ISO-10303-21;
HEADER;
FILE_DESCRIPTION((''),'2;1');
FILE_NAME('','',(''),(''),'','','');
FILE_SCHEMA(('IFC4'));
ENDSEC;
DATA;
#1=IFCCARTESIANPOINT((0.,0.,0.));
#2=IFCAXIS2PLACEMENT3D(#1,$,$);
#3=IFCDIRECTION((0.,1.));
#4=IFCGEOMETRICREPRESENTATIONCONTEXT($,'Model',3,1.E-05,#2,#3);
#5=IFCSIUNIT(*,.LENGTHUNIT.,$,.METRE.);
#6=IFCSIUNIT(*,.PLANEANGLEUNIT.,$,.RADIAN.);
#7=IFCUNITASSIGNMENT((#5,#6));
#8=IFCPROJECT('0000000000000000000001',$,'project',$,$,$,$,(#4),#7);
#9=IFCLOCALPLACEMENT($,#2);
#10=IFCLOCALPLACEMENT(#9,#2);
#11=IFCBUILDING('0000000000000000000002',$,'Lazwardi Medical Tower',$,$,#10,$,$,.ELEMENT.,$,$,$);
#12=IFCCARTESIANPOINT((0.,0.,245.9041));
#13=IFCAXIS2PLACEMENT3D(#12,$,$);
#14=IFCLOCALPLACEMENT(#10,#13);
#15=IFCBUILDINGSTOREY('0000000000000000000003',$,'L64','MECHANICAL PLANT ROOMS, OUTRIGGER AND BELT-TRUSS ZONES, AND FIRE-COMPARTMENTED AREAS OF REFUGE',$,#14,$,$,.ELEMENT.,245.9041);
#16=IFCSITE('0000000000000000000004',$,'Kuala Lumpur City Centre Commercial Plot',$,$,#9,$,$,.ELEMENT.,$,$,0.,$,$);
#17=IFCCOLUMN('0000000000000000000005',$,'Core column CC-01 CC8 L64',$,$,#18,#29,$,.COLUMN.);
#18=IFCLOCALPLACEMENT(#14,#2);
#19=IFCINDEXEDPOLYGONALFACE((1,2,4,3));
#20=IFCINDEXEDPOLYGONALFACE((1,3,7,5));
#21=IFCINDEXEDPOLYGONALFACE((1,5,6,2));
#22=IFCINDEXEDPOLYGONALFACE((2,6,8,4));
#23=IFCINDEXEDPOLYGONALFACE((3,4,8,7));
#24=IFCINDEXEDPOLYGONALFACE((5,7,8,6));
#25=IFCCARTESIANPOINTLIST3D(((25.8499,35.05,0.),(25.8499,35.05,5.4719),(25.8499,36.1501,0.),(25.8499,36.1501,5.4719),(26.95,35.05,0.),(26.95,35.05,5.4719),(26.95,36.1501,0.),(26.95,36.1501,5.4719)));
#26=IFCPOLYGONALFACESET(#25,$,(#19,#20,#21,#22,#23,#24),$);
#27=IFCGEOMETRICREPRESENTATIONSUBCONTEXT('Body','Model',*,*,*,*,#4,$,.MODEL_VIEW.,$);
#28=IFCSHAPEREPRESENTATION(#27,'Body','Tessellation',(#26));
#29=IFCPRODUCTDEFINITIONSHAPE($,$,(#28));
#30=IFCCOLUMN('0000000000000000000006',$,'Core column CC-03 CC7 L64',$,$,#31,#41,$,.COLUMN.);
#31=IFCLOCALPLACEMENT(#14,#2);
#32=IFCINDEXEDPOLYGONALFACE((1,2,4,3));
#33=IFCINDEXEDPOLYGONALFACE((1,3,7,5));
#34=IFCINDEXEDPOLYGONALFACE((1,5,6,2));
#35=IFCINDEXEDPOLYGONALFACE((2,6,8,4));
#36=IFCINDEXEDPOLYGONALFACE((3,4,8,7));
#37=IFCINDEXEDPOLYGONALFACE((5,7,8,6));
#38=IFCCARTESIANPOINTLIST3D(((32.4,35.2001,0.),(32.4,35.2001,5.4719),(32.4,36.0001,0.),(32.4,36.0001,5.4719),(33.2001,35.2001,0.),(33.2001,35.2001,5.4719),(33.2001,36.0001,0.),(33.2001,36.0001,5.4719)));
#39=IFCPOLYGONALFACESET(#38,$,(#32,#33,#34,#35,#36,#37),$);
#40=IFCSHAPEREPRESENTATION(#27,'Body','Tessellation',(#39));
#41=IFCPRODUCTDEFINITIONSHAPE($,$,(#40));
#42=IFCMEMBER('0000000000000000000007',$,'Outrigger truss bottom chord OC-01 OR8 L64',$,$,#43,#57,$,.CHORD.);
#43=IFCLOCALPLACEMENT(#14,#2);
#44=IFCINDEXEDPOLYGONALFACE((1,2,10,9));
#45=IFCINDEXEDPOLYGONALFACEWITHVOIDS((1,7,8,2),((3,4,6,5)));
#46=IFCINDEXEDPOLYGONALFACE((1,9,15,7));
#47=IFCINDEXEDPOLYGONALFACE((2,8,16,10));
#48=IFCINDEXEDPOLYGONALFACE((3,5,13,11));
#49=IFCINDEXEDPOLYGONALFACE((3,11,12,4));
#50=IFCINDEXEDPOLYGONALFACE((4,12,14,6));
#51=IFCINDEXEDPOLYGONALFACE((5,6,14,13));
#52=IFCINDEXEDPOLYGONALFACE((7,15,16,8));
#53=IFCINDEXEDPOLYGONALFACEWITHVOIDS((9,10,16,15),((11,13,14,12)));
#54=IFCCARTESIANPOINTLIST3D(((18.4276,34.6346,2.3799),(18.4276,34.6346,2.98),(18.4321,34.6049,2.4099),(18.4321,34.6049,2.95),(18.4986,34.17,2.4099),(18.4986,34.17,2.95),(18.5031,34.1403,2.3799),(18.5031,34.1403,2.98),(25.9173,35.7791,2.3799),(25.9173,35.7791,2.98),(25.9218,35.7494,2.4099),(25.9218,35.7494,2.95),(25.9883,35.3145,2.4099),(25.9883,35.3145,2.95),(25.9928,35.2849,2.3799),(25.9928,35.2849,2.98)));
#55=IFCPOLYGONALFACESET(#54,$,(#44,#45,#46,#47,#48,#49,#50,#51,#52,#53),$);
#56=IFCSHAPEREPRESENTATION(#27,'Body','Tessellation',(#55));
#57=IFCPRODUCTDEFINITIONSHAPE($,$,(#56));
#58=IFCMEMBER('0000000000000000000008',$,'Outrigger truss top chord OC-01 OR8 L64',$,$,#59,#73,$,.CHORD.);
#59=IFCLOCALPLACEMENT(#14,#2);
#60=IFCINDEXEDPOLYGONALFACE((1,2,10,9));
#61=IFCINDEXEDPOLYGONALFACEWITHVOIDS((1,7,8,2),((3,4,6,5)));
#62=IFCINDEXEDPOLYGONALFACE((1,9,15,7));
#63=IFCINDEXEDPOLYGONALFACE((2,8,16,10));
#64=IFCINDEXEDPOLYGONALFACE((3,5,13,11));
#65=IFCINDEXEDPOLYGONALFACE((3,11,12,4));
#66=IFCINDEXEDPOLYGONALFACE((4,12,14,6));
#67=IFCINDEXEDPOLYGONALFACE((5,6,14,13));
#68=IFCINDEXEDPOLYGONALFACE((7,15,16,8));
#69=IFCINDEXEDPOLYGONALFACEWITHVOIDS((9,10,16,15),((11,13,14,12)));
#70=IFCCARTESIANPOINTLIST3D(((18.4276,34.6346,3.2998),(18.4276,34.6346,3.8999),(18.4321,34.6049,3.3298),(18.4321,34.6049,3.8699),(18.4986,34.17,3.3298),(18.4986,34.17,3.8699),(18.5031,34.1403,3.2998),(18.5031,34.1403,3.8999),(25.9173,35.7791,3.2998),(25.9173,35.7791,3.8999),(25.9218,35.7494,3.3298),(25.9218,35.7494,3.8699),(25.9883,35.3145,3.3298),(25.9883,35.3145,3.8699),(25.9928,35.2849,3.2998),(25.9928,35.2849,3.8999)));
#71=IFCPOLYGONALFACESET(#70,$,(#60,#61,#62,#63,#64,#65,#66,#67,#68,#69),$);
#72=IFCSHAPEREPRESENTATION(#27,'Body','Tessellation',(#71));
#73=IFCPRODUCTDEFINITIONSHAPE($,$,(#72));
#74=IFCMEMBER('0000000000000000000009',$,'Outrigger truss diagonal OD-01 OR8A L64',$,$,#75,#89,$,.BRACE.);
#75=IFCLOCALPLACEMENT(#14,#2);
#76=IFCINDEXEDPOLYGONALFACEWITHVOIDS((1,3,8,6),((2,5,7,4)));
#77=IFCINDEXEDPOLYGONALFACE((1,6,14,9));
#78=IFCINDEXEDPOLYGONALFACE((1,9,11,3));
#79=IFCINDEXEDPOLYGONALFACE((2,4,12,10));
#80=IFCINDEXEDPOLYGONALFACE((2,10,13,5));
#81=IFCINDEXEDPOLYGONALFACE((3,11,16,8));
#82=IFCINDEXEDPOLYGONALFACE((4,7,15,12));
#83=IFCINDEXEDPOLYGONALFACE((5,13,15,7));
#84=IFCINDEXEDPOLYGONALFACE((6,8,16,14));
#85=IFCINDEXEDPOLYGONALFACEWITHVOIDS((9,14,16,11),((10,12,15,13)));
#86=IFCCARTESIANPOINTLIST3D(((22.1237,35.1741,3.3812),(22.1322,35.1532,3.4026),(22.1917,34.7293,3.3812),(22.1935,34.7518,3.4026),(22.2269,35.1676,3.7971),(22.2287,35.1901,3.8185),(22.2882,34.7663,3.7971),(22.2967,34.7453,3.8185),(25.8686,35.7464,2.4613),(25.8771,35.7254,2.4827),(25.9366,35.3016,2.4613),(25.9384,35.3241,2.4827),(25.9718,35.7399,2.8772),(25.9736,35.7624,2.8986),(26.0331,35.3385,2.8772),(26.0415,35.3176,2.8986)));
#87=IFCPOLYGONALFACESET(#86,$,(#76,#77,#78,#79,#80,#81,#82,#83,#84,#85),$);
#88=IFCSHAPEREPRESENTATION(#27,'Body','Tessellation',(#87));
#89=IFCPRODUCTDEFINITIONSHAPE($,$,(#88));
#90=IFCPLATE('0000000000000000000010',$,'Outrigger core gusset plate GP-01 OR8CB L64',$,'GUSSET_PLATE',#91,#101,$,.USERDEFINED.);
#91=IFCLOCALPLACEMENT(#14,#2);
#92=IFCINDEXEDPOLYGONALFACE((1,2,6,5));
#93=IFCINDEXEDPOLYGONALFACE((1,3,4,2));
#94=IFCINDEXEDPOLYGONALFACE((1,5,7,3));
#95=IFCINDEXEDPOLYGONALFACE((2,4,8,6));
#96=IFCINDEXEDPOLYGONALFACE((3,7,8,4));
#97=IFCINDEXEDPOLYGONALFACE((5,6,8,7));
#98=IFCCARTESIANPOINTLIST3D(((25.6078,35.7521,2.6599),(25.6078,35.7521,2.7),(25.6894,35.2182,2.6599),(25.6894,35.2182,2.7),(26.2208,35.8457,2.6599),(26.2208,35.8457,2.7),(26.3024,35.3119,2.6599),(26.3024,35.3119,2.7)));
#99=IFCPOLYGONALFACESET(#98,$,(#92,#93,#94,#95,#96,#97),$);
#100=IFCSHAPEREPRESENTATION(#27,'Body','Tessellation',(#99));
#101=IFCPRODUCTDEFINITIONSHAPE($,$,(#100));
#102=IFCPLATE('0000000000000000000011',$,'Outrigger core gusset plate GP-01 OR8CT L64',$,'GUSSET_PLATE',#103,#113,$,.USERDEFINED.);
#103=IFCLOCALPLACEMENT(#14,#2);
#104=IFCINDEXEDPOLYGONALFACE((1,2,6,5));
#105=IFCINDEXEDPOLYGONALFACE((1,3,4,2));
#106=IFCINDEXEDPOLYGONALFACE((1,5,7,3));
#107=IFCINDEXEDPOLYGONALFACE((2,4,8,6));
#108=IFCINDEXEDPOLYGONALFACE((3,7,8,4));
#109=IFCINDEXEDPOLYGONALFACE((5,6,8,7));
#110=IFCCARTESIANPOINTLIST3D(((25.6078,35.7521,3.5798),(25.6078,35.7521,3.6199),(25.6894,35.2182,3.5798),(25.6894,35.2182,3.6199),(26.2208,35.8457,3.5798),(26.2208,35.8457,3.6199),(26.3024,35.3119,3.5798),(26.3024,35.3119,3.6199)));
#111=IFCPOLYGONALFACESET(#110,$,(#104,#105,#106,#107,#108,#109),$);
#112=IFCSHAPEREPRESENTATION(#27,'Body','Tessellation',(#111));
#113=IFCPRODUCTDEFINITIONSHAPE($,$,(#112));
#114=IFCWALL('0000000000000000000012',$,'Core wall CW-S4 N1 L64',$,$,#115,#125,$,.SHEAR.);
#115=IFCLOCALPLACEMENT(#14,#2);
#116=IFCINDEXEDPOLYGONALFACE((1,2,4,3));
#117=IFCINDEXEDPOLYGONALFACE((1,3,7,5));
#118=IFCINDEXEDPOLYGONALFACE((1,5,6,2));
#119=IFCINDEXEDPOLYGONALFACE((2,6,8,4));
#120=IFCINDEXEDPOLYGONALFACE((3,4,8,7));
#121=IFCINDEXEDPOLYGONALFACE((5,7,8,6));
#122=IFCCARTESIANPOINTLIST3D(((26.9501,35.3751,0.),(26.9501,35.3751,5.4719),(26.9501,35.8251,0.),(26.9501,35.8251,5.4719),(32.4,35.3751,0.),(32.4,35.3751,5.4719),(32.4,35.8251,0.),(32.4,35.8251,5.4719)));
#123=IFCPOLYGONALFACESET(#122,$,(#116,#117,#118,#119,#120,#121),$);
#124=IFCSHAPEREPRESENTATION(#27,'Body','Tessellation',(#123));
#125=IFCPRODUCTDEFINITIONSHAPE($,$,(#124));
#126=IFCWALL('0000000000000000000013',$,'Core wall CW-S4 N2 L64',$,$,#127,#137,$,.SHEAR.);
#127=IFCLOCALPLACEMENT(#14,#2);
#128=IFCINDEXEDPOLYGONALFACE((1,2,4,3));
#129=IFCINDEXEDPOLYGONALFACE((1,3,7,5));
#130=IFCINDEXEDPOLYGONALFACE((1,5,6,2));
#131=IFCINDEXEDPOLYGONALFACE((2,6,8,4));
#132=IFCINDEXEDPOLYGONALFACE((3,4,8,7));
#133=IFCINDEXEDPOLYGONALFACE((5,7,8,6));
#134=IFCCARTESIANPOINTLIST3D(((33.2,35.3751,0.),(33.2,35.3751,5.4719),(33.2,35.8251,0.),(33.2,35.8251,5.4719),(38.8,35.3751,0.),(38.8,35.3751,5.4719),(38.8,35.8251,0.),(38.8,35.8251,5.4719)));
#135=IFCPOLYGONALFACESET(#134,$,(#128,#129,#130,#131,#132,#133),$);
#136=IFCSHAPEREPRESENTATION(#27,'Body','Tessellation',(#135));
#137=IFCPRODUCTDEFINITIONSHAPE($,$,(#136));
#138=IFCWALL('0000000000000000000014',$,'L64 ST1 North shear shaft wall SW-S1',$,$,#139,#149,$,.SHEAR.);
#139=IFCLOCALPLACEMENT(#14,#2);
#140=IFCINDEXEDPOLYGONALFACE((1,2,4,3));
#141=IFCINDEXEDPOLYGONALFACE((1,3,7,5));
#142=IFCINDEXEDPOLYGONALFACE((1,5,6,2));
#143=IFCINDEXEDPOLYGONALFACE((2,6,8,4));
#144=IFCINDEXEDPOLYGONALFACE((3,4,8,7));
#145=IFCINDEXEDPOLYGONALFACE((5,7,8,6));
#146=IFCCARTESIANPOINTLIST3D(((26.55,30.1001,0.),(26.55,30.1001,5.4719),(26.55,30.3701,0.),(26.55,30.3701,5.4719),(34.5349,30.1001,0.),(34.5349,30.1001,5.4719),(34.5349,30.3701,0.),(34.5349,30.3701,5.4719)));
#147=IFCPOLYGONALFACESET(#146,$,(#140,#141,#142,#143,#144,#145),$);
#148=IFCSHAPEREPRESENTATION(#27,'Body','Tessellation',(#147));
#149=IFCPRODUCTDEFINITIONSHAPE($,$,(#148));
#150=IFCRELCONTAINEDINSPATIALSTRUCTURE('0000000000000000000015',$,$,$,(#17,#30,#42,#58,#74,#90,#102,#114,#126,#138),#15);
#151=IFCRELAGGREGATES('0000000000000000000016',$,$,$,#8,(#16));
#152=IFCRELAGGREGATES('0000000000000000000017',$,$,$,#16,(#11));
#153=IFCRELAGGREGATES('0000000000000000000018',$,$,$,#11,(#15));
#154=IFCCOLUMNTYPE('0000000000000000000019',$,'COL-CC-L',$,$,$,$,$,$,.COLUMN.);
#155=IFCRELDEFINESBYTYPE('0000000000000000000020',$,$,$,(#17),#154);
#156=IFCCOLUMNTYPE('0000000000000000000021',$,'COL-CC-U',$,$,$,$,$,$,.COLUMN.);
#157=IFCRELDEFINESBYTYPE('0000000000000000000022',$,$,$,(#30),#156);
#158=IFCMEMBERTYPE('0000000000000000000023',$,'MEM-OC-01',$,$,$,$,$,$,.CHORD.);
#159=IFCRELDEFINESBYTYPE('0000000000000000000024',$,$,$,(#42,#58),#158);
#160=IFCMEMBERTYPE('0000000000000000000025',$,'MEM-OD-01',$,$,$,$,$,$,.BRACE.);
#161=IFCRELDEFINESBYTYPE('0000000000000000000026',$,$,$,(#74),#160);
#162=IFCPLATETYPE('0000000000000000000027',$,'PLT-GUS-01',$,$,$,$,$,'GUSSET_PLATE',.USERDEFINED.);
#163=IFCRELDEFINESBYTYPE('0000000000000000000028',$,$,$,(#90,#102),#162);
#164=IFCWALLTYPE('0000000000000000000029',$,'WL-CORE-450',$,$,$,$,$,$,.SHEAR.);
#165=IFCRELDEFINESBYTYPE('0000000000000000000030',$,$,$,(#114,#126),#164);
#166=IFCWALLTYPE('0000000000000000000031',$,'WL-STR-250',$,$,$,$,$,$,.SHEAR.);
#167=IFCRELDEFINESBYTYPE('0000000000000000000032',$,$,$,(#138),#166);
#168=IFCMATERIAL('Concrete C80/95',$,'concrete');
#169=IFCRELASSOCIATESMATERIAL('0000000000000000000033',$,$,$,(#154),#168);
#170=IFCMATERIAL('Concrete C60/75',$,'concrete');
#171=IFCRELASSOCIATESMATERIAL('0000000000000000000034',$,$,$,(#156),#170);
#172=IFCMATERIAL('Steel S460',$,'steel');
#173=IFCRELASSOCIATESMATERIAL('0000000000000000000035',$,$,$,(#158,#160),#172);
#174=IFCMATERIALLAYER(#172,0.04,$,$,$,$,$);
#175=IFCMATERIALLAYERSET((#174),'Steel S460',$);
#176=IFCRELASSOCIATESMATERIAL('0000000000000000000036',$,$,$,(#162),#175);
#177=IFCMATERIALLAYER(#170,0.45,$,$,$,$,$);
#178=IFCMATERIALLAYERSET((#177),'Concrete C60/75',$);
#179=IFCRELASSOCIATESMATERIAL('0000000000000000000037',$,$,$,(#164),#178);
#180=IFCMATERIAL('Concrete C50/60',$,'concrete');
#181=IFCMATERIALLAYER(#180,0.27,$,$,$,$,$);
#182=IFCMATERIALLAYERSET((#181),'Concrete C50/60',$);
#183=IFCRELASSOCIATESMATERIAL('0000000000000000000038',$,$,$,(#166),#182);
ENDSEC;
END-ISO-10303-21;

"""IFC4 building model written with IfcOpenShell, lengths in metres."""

from ifc_helpers import new_model, si_unit, direction, frame, frame_2d, origin, origin_2d, place, context, subcontext, project, spatial, rectangle, hollow_rectangle, extrude, material, layer, layer_set, material_profile, profile_set, type_object, element, save


model = new_model("IFC4")

# Units and contexts
model_context = context("Model", 3, precision=1e-05, world=origin(), true_north=direction((0.0, 1.0)))
body_context = subcontext(model_context, "Body", "Model", "MODEL_VIEW")
ifc_project = project(units=[si_unit("LENGTHUNIT", "METRE"), si_unit("PLANEANGLEUNIT", "RADIAN")], contexts=[model_context])

# Site, building, storey
site_placement = place(None, origin())
site = spatial("IfcSite", under=ifc_project, at=site_placement, Name="Kuala Lumpur City Centre Commercial Plot", CompositionType="ELEMENT", RefElevation=0.0)
building_placement = place(site_placement, origin())
building = spatial("IfcBuilding", under=site, at=building_placement, Name="Lazwardi Medical Tower", CompositionType="ELEMENT")
storey_placement = place(building_placement, frame((0.0, 0.0, 245.9041)))
storey = spatial("IfcBuildingStorey", under=building, at=storey_placement, Name="L64", Description="MECHANICAL PLANT ROOMS, OUTRIGGER AND BELT-TRUSS ZONES, AND FIRE-COMPARTMENTED AREAS OF REFUGE", CompositionType="ELEMENT", Elevation=245.9041)

# Columns
ifc_material_1 = material(Name="Concrete C80/95", Category="concrete")
ifc_material_profile_1 = material_profile(ifc_material_1, rectangle(XDim=1.1001, YDim=1.1001, at=origin_2d()), Name="RC 1100x1100")
ifc_profile_set_1 = profile_set([ifc_material_profile_1], Name="Concrete C80/95")
column_type_1 = type_object("IfcColumnType", Name="COL-CC-L", PredefinedType="COLUMN", material=ifc_profile_set_1)
column_1_placement = place(storey_placement, frame((26.3999, 35.6001, 0.0), z_axis=(0.0, 0.0, 1.0), x_axis=(1.0, 0.0, 0.0)))
element("IfcColumn", 1, at=column_1_placement, inside=storey, type_object=column_type_1, Name="Core column CC-01 CC8 L64", PredefinedType="COLUMN", context=body_context, shape_type="SweptSolid", body=[
    extrude(rectangle(XDim=1.1001, YDim=1.1001, at=origin_2d()), origin(), (0.0, 0.0, 1.0), 5.4719),
])
ifc_material_2 = material(Name="Concrete C60/75", Category="concrete")
ifc_material_profile_2 = material_profile(ifc_material_2, rectangle(XDim=0.8, YDim=0.8, at=origin_2d()), Name="RC 800x800")
ifc_profile_set_2 = profile_set([ifc_material_profile_2], Name="Concrete C60/75")
column_type_2 = type_object("IfcColumnType", Name="COL-CC-U", PredefinedType="COLUMN", material=ifc_profile_set_2)
column_2_placement = place(storey_placement, frame((32.8, 35.6001, 0.0), z_axis=(0.0, 0.0, 1.0), x_axis=(1.0, 0.0, 0.0)))
element("IfcColumn", 2, at=column_2_placement, inside=storey, type_object=column_type_2, Name="Core column CC-03 CC7 L64", PredefinedType="COLUMN", context=body_context, shape_type="SweptSolid", body=[
    extrude(rectangle(XDim=0.8, YDim=0.8, at=origin_2d()), origin(), (0.0, 0.0, 1.0), 5.4719),
])

# Members
ifc_material_3 = material(Name="Steel S460", Category="steel")
ifc_material_profile_3 = material_profile(ifc_material_3, hollow_rectangle(XDim=0.5, YDim=0.6001, WallThickness=0.03, at=origin_2d()), Name="RHS 600x500x30")
ifc_profile_set_3 = profile_set([ifc_material_profile_3], Name="Steel S460")
member_type_1 = type_object("IfcMemberType", Name="MEM-OC-01", PredefinedType="CHORD", material=ifc_profile_set_3)
for number, where, z_axis, x_axis, name in (
    (3, (25.9551, 35.532, 2.6799), (-0.988525, -0.15106, 0.0), (0.15106, -0.988525, 0.0), "Outrigger truss bottom chord OC-01 OR8 L64"),
    (4, (25.9551, 35.532, 3.5999), (-0.988525, -0.15106, 0.0), (0.15106, -0.988525, 0.0), "Outrigger truss top chord OC-01 OR8 L64"),
):
    element("IfcMember", number, at=place(storey_placement, frame(where, z_axis=z_axis, x_axis=x_axis)), inside=storey, type_object=member_type_1, Name=name, PredefinedType="CHORD", context=body_context, shape_type="SweptSolid", body=[
        extrude(hollow_rectangle(XDim=0.5, YDim=0.6001, WallThickness=0.03, at=origin_2d()), origin(), (0.0, 0.0, 1.0), 7.5767),
    ])
ifc_material_profile_4 = material_profile(ifc_material_3, hollow_rectangle(XDim=0.45, YDim=0.45, WallThickness=0.022, at=origin_2d()), Name="RHS 450x450x22")
ifc_profile_set_4 = profile_set([ifc_material_profile_4], Name="Steel S460")
member_type_2 = type_object("IfcMemberType", Name="MEM-OD-01", PredefinedType="BRACE", material=ifc_profile_set_4)
member_placement = place(storey_placement, frame((25.9551, 35.532, 2.6799), z_axis=(-0.960609, -0.146794, 0.235972), x_axis=(0.15106, -0.988525, 0.0)))
element("IfcMember", 5, at=member_placement, inside=storey, type_object=member_type_2, Name="Outrigger truss diagonal OD-01 OR8A L64", PredefinedType="BRACE", context=body_context, shape_type="SweptSolid", body=[
    extrude(hollow_rectangle(XDim=0.45, YDim=0.45, WallThickness=0.022, at=origin_2d()), origin(), (0.0, 0.0, 1.0), 3.8984),
])

# Plates
ifc_layer_1 = layer(ifc_material_3, 0.04)
ifc_layer_set_1 = layer_set([ifc_layer_1], Name="Steel S460")
plate_type = type_object("IfcPlateType", Name="PLT-GUS-01", ElementType="GUSSET_PLATE", PredefinedType="USERDEFINED", material=ifc_layer_set_1)
for number, where, z_axis, x_axis, name in (
    (6, (25.9551, 35.532, 2.6599), (0.0, 0.0, 1.0), (-0.98852, -0.151088, 0.0), "Outrigger core gusset plate GP-01 OR8CB L64"),
    (7, (25.9551, 35.532, 3.5798), (0.0, 0.0, 1.0), (-0.98852, -0.151088, 0.0), "Outrigger core gusset plate GP-01 OR8CT L64"),
):
    element("IfcPlate", number, at=place(storey_placement, frame(where, z_axis=z_axis, x_axis=x_axis)), inside=storey, type_object=plate_type, Name=name, ObjectType="GUSSET_PLATE", PredefinedType="USERDEFINED", context=body_context, shape_type="SweptSolid", body=[
        extrude(rectangle(XDim=0.6201, YDim=0.54, at=origin_2d()), origin(), (0.0, 0.0, 1.0), 0.04),
    ])

# Walls
ifc_layer_2 = layer(ifc_material_2, 0.45)
ifc_layer_set_2 = layer_set([ifc_layer_2], Name="Concrete C60/75")
wall_type_1 = type_object("IfcWallType", Name="WL-CORE-450", PredefinedType="SHEAR", material=ifc_layer_set_2)
wall_1_placement = place(storey_placement, frame((26.95, 35.6001, 0.0), z_axis=(0.0, 0.0, 1.0), x_axis=(1.0, 0.0, 0.0)))
element("IfcWall", 8, at=wall_1_placement, inside=storey, type_object=wall_type_1, Name="Core wall CW-S4 N1 L64", PredefinedType="SHEAR", context=body_context, shape_type="SweptSolid", body=[
    extrude(rectangle(XDim=5.45, YDim=0.45, at=frame_2d((2.7251, 0.0))), origin(), (0.0, 0.0, 1.0), 5.4719),
])
wall_2_placement = place(storey_placement, frame((33.2, 35.6001, 0.0), z_axis=(0.0, 0.0, 1.0), x_axis=(1.0, 0.0, 0.0)))
element("IfcWall", 9, at=wall_2_placement, inside=storey, type_object=wall_type_1, Name="Core wall CW-S4 N2 L64", PredefinedType="SHEAR", context=body_context, shape_type="SweptSolid", body=[
    extrude(rectangle(XDim=5.6001, YDim=0.45, at=frame_2d((2.8, 0.0))), origin(), (0.0, 0.0, 1.0), 5.4719),
])
ifc_material_4 = material(Name="Concrete C50/60", Category="concrete")
ifc_layer_3 = layer(ifc_material_4, 0.27)
ifc_layer_set_3 = layer_set([ifc_layer_3], Name="Concrete C50/60")
wall_type_2 = type_object("IfcWallType", Name="WL-STR-250", PredefinedType="SHEAR", material=ifc_layer_set_3)
wall_3_placement = place(storey_placement, frame((26.55, 30.2351, 0.0), z_axis=(0.0, 0.0, 1.0), x_axis=(1.0, 0.0, 0.0)))
element("IfcWall", 10, at=wall_3_placement, inside=storey, type_object=wall_type_2, Name="L64 ST1 North shear shaft wall SW-S1", PredefinedType="SHEAR", context=body_context, shape_type="SweptSolid", body=[
    extrude(rectangle(XDim=7.9849, YDim=0.27, at=frame_2d((3.9924, 0.0))), origin(), (0.0, 0.0, 1.0), 5.4719),
])

save(model, "model.ifc")
